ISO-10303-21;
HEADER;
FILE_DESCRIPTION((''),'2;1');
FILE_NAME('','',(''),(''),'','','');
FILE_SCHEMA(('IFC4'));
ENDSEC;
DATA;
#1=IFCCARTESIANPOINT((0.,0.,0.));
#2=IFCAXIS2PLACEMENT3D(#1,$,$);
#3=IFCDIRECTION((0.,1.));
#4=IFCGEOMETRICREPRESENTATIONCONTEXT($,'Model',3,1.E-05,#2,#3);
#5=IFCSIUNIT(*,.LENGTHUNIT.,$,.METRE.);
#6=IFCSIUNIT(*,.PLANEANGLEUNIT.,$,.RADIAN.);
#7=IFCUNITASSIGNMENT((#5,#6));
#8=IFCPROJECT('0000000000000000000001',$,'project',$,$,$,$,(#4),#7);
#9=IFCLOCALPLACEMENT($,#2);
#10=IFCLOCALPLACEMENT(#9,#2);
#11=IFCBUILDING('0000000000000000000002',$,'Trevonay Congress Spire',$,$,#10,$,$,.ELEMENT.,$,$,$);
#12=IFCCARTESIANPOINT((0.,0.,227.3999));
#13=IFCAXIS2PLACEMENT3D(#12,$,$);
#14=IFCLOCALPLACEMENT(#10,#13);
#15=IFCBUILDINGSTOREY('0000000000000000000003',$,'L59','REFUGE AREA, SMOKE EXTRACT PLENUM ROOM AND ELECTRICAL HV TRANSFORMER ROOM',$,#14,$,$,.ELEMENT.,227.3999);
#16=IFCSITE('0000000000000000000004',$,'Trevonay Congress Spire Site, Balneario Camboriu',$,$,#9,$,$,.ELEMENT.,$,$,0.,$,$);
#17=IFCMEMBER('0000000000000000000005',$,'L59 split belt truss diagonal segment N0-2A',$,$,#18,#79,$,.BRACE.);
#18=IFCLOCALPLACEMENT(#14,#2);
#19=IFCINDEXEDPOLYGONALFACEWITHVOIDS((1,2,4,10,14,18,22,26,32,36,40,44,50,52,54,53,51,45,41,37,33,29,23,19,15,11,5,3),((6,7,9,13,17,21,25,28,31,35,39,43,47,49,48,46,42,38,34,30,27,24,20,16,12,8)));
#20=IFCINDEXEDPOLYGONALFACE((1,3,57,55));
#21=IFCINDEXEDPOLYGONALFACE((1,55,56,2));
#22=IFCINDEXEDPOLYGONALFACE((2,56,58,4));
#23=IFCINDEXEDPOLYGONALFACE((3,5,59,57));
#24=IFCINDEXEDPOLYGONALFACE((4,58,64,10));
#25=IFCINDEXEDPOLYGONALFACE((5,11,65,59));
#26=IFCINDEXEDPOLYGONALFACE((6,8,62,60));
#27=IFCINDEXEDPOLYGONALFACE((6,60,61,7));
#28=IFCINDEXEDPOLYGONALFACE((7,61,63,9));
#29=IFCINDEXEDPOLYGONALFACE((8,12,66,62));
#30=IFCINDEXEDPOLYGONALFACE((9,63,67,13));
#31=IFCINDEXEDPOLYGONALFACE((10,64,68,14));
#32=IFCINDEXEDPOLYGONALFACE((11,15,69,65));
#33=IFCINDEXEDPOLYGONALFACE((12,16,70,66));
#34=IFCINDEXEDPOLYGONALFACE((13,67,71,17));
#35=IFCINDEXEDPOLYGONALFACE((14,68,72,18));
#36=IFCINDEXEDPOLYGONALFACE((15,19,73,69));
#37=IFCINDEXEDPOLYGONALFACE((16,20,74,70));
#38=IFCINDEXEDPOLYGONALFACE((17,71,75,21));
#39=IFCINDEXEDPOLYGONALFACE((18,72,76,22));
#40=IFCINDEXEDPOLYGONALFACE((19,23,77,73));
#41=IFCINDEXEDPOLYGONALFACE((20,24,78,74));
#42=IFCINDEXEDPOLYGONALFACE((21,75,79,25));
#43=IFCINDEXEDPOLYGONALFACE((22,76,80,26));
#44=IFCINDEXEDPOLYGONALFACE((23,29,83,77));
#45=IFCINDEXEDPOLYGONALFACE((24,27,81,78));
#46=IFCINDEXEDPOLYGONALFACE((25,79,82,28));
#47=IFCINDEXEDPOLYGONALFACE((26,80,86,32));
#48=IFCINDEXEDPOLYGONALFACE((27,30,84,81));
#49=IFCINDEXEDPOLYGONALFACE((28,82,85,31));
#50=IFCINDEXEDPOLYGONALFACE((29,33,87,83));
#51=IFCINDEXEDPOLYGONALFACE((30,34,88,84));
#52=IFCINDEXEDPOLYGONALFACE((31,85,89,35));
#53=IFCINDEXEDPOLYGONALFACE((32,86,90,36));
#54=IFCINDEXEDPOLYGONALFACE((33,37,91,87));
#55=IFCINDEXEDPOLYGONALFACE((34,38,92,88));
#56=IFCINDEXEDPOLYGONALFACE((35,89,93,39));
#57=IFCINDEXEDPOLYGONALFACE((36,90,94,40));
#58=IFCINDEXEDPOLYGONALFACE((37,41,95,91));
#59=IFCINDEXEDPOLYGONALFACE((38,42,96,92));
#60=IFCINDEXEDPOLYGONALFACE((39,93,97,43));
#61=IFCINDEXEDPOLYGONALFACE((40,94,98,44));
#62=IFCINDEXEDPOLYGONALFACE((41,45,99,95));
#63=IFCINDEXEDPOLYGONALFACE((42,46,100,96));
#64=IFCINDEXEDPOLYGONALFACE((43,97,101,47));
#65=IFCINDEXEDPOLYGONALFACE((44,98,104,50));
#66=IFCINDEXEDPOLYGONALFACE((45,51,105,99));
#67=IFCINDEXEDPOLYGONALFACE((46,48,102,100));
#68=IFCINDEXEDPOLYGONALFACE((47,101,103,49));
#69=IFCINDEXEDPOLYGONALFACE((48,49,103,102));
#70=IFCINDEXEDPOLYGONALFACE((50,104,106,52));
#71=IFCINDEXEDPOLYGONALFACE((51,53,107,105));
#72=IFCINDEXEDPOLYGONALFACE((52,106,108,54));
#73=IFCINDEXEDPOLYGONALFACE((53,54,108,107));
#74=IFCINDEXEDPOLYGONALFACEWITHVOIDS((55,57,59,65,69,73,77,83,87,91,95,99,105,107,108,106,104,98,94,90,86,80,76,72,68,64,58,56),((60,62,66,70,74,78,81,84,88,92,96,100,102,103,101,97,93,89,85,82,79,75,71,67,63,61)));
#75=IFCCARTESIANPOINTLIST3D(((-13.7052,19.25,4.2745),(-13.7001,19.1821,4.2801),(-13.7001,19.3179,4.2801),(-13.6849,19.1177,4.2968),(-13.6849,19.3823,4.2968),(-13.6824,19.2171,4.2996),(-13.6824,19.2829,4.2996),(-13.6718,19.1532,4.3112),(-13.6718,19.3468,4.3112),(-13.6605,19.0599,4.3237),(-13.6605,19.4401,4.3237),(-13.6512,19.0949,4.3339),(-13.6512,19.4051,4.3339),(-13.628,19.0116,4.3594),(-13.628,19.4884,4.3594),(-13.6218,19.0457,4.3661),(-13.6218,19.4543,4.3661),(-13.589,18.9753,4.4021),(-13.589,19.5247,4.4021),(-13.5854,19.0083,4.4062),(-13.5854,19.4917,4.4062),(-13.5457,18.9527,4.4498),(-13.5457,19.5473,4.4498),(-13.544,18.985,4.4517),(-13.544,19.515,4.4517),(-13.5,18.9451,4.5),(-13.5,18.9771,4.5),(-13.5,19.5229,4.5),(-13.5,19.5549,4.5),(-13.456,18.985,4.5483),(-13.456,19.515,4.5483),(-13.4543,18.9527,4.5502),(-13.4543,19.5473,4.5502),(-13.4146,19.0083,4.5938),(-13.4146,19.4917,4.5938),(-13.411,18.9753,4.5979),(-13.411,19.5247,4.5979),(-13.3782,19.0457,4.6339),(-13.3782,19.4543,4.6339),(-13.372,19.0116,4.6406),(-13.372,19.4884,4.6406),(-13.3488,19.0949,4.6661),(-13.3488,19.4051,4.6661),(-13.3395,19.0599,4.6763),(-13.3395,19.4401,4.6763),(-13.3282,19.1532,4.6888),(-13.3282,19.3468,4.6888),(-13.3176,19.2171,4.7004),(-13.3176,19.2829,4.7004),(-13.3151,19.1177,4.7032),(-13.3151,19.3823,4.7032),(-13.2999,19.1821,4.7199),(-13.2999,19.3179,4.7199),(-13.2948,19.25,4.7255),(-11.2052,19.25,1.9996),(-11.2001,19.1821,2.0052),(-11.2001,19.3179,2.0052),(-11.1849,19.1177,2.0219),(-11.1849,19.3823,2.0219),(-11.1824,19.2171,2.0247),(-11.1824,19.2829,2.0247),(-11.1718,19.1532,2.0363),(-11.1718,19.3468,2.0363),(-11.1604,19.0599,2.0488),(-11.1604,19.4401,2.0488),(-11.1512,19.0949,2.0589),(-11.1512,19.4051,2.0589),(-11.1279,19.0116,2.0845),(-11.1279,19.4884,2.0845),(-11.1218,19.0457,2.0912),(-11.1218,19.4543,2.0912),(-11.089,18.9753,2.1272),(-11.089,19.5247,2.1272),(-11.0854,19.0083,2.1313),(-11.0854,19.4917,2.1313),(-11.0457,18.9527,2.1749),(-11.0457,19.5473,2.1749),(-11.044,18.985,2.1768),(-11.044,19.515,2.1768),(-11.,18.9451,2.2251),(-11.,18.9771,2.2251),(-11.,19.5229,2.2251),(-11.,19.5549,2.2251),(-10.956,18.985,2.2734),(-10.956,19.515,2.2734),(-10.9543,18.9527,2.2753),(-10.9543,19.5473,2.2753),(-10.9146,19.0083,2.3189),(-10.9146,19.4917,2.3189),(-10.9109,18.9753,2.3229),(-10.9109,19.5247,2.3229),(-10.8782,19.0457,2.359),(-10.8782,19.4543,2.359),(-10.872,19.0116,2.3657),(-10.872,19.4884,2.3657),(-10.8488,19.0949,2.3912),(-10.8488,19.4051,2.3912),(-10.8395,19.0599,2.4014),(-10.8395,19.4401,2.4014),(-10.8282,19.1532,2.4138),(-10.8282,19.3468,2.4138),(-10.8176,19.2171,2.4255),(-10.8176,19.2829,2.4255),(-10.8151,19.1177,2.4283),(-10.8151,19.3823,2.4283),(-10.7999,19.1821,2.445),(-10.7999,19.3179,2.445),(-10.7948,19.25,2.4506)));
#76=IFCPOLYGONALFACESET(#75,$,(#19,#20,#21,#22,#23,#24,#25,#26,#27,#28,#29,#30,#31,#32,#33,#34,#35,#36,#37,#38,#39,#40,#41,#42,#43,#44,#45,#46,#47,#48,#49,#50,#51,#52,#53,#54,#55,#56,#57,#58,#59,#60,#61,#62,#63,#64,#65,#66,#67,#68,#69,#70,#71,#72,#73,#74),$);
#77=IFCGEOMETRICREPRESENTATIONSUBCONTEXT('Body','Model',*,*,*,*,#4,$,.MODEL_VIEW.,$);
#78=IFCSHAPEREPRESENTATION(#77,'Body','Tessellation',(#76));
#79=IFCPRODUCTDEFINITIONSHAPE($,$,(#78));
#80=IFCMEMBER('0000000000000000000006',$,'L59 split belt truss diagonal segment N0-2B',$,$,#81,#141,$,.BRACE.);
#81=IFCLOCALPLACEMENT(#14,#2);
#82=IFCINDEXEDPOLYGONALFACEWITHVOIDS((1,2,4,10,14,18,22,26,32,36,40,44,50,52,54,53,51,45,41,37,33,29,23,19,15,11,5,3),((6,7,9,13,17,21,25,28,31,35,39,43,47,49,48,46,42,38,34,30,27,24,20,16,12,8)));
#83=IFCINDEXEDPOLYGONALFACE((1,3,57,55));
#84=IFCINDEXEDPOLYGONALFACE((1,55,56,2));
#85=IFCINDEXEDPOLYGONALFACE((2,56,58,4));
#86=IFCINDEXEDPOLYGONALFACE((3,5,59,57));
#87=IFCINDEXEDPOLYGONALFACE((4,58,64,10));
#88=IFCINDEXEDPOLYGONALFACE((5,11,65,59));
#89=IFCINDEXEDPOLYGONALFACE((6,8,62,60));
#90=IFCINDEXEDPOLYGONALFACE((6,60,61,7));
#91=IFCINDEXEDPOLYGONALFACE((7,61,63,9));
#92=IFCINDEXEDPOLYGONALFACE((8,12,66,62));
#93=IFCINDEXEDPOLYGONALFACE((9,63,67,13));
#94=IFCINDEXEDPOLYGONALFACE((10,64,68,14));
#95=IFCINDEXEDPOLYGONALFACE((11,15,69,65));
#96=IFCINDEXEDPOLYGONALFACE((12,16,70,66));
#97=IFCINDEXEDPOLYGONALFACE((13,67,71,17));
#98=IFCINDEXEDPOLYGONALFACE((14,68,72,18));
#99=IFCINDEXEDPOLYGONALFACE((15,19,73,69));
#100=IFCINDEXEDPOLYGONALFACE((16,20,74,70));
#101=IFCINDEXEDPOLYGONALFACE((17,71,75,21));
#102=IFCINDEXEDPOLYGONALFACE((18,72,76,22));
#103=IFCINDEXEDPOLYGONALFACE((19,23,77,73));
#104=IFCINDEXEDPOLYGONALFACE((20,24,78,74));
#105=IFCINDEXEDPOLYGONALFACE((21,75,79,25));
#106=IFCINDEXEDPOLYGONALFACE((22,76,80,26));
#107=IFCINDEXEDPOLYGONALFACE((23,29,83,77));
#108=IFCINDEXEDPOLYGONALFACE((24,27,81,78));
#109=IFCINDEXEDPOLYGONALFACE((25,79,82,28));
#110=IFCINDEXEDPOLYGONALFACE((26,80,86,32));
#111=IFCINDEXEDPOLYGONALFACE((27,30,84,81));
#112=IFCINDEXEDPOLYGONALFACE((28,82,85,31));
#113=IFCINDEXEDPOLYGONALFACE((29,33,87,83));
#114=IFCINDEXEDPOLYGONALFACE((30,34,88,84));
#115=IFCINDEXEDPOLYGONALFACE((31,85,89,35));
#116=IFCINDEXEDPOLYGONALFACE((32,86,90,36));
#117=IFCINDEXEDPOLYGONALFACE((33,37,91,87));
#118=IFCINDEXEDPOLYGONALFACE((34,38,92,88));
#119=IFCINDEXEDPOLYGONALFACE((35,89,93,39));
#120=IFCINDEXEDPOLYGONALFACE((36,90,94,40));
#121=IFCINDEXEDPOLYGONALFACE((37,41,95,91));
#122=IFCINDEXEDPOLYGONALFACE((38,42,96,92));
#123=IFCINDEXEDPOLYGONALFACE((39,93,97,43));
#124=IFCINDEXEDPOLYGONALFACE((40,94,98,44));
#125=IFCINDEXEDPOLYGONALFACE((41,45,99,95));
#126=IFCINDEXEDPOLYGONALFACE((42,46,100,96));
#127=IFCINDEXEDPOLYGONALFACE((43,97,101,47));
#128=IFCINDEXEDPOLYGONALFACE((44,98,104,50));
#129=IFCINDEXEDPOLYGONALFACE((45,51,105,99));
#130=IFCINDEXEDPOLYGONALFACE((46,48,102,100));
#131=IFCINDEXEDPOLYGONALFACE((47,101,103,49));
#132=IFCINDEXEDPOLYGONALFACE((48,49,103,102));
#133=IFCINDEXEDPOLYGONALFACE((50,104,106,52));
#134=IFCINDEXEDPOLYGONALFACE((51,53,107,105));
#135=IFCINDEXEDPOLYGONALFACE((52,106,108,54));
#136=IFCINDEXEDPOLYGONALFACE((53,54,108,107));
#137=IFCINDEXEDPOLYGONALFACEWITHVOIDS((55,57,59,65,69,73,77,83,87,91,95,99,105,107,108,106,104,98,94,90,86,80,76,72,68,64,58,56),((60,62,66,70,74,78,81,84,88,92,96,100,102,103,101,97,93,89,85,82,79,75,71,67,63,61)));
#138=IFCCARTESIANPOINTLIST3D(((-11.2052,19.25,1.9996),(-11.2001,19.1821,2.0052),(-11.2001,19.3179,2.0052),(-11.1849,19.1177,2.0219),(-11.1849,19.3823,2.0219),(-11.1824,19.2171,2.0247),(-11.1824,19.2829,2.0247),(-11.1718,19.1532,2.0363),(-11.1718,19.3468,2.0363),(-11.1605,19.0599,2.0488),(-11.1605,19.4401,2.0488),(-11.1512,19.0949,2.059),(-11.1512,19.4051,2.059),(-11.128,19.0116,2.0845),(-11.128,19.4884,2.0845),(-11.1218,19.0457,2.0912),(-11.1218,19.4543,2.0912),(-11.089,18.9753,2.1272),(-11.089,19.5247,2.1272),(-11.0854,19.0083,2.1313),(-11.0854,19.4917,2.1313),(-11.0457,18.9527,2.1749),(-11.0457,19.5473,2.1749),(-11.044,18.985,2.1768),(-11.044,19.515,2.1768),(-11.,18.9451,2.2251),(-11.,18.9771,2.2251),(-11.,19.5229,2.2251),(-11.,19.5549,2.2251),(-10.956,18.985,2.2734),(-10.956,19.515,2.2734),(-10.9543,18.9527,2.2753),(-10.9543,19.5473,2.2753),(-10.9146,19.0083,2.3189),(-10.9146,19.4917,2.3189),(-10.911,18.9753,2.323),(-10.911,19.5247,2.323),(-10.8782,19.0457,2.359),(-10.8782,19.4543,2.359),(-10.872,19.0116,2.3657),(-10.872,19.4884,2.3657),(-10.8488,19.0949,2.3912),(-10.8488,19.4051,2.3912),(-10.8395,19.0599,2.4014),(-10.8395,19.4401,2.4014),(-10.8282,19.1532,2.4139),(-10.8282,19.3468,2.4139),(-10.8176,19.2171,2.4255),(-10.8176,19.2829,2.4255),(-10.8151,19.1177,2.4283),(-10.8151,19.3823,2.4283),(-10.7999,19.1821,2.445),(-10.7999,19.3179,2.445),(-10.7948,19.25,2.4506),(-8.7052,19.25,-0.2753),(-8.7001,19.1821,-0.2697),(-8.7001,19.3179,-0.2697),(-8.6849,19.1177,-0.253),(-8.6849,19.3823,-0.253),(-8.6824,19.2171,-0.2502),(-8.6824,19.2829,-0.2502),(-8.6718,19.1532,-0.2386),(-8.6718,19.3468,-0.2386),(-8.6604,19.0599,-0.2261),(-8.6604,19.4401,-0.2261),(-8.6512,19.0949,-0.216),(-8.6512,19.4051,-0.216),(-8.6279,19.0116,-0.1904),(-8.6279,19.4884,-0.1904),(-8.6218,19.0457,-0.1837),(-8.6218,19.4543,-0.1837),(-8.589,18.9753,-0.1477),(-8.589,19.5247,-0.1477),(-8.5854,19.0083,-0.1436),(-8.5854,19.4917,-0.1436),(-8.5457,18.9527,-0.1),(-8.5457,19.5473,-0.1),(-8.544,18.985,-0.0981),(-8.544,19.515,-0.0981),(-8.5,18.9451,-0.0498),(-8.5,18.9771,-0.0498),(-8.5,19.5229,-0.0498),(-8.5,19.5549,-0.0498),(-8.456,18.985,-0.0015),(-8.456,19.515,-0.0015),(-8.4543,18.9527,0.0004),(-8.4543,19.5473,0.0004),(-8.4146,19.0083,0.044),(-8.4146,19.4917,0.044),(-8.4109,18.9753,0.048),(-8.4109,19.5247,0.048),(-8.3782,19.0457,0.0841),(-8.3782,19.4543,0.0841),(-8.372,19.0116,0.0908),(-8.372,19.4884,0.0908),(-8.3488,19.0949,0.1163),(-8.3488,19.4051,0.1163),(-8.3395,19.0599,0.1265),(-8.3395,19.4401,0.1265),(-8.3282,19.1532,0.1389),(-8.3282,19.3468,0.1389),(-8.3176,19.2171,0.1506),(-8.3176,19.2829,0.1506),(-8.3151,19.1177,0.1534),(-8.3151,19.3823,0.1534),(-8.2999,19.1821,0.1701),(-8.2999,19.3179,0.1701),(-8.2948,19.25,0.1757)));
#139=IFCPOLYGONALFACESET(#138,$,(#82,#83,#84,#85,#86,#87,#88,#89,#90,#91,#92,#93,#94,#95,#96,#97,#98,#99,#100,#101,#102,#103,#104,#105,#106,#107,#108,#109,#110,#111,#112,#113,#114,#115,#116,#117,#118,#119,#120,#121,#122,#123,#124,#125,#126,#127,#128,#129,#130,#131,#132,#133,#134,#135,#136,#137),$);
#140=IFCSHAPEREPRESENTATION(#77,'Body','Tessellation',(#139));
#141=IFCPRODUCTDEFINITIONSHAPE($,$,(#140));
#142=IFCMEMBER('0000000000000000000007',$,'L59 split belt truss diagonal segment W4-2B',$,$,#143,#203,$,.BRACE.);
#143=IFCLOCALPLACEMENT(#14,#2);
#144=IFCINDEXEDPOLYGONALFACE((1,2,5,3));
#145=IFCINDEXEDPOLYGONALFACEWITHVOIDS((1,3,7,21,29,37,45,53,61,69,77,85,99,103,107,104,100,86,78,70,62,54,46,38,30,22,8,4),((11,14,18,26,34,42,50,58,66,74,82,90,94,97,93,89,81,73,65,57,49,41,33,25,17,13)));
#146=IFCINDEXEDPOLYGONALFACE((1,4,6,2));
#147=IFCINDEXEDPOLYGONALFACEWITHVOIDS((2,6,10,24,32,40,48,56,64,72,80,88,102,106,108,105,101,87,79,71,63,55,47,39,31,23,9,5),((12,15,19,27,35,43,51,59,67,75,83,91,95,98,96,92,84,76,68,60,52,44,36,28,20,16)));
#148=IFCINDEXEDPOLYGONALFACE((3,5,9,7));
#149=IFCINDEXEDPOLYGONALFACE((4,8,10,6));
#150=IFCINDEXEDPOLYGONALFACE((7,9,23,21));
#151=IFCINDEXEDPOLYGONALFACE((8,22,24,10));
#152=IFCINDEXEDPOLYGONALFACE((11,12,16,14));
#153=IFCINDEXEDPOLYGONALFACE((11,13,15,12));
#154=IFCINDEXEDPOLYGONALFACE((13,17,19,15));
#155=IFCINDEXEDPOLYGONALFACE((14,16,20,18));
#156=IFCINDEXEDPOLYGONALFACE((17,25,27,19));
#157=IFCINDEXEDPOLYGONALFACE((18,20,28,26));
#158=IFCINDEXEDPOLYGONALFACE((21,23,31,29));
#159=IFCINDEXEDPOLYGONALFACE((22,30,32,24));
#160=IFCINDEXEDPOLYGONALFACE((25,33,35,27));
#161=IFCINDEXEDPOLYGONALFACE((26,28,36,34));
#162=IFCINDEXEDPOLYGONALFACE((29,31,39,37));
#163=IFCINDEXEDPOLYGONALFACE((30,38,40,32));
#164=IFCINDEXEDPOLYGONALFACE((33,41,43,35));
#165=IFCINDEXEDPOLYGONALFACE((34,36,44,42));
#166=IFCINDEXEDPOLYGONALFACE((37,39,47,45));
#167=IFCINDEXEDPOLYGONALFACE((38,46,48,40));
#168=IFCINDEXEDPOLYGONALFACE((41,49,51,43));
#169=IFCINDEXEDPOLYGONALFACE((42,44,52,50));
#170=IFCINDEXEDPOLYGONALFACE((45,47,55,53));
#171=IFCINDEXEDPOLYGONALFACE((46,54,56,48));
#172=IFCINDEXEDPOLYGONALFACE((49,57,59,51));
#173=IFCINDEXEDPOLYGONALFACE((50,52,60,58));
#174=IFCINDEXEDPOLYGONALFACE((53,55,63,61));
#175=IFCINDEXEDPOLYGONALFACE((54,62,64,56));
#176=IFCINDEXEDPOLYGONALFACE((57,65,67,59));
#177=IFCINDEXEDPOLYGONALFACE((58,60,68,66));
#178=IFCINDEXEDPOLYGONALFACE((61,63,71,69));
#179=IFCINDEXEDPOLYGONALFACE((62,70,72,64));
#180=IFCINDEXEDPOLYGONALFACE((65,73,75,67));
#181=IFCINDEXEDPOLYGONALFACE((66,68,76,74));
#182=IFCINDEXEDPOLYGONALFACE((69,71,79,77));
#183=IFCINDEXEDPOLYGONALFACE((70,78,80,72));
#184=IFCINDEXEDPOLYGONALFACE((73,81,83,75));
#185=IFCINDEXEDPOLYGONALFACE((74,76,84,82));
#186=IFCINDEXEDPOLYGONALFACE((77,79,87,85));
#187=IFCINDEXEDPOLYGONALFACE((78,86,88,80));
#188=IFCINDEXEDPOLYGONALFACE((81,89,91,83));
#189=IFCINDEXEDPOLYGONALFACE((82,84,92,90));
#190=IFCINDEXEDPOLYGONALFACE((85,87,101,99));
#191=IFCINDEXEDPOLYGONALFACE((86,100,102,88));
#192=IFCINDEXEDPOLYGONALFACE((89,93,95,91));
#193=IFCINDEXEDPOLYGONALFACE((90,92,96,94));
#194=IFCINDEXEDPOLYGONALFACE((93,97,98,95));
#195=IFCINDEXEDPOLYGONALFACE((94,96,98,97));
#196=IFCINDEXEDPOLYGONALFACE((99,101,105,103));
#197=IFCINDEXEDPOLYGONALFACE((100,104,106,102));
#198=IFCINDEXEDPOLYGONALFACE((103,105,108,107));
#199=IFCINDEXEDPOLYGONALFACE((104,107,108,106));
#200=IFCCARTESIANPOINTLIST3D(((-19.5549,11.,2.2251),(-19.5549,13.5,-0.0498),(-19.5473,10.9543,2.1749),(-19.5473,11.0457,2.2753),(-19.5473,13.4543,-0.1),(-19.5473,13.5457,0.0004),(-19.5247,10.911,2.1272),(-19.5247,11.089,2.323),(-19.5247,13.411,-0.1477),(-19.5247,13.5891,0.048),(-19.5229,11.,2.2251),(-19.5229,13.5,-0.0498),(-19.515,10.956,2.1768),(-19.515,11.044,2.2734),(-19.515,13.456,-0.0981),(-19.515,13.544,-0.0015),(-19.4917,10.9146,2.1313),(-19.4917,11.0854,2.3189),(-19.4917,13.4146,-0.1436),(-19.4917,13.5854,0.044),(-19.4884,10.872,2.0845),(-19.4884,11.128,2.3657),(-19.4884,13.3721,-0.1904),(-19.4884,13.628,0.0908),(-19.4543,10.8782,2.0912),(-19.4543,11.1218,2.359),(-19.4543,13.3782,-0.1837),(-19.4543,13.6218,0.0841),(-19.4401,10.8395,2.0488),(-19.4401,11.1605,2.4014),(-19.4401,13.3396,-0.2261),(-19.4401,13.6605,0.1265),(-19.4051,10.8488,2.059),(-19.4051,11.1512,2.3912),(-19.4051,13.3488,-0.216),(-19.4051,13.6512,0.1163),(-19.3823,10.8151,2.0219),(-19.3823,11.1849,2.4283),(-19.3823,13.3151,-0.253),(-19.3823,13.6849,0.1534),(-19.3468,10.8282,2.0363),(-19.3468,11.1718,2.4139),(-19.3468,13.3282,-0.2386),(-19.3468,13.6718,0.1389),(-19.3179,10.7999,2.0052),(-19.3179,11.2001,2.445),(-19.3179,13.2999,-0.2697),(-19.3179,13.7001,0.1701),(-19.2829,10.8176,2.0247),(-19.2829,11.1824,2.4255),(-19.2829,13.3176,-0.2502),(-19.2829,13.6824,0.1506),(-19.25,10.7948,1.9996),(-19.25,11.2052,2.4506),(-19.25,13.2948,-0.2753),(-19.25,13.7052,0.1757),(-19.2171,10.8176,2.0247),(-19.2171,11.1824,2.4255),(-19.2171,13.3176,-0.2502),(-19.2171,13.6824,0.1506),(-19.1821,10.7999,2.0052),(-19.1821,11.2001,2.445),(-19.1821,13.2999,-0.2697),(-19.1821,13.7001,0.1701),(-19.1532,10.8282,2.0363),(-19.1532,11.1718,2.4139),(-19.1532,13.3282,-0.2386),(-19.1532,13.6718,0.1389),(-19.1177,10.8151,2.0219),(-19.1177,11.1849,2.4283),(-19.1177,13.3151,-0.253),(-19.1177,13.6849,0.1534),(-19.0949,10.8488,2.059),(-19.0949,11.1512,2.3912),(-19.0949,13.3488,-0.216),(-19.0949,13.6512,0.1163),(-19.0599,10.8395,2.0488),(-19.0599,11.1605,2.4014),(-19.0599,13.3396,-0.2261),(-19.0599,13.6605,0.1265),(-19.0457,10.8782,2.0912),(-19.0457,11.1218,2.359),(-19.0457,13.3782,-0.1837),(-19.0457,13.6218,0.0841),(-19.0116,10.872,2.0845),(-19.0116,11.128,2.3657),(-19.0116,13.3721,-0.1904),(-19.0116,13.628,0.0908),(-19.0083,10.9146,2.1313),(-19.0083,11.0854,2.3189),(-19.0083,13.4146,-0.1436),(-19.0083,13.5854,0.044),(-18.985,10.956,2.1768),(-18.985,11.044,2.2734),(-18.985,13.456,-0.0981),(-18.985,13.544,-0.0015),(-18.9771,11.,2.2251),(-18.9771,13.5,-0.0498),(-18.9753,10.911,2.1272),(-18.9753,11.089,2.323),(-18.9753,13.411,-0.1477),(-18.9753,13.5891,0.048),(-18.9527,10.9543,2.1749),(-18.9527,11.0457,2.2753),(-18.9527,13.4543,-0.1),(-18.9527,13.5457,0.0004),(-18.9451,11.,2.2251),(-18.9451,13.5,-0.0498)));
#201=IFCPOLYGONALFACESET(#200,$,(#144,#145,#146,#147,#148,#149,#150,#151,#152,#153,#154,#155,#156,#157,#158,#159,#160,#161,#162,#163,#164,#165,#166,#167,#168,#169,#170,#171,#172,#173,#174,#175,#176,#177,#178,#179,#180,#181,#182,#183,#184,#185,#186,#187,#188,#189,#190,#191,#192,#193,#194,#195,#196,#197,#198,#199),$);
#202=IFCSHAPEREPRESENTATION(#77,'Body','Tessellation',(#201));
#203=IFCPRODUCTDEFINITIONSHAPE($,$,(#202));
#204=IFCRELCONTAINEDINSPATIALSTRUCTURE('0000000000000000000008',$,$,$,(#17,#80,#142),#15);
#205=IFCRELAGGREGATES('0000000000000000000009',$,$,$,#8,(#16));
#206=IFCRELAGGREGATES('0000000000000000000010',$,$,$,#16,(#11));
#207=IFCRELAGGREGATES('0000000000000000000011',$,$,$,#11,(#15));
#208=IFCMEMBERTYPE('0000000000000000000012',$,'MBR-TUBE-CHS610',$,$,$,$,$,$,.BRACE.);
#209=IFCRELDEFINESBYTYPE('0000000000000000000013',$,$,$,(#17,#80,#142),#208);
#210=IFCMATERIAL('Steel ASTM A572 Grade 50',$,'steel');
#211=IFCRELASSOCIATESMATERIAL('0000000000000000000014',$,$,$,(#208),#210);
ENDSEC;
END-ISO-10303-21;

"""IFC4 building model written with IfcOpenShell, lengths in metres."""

from ifc_helpers import new_model, si_unit, direction, frame, origin, origin_2d, place, context, subcontext, project, spatial, hollow_circle, extrude, material, material_profile, profile_set, type_object, element, save


model = new_model("IFC4")

# Units and contexts
model_context = context("Model", 3, precision=1e-05, world=origin(), true_north=direction((0.0, 1.0)))
body_context = subcontext(model_context, "Body", "Model", "MODEL_VIEW")
ifc_project = project(units=[si_unit("LENGTHUNIT", "METRE"), si_unit("PLANEANGLEUNIT", "RADIAN")], contexts=[model_context])

# Site, building, storey
site_placement = place(None, origin())
site = spatial("IfcSite", under=ifc_project, at=site_placement, Name="Trevonay Congress Spire Site, Balneario Camboriu", CompositionType="ELEMENT", RefElevation=0.0)
building_placement = place(site_placement, origin())
building = spatial("IfcBuilding", under=site, at=building_placement, Name="Trevonay Congress Spire", CompositionType="ELEMENT")
storey_placement = place(building_placement, frame((0.0, 0.0, 227.3999)))
storey = spatial("IfcBuildingStorey", under=building, at=storey_placement, Name="L59", Description="REFUGE AREA, SMOKE EXTRACT PLENUM ROOM AND ELECTRICAL HV TRANSFORMER ROOM", CompositionType="ELEMENT", Elevation=227.3999)

# Shared definitions
ifc_material_1 = material(Name="Steel ASTM A572 Grade 50", Category="steel")

# Members
ifc_material_profile_1 = material_profile(ifc_material_1, hollow_circle(Radius=0.3049, WallThickness=0.032, at=origin_2d()), Name="CHS 610x32")
ifc_profile_set_1 = profile_set([ifc_material_profile_1], Name="Steel ASTM A572 Grade 50")
member_type = type_object("IfcMemberType", Name="MBR-TUBE-CHS610", PredefinedType="BRACE", material=ifc_profile_set_1)
for number, where, z_axis, x_axis, name in (
    (1, (-13.5, 19.25, 4.5), (0.73962, 0.0, -0.673025), (0.0, 1.0, 0.0), "L59 split belt truss diagonal segment N0-2A"),
    (2, (-11.0, 19.25, 2.2251), (0.73962, 0.0, -0.673025), (0.0, 1.0, 0.0), "L59 split belt truss diagonal segment N0-2B"),
    (3, (-19.25, 11.0, 2.2251), (0.0, 0.73962, -0.673025), (-1.0, 0.0, 0.0), "L59 split belt truss diagonal segment W4-2B"),
):
    element("IfcMember", number, at=place(storey_placement, frame(where, z_axis=z_axis, x_axis=x_axis)), inside=storey, type_object=member_type, Name=name, PredefinedType="BRACE", context=body_context, shape_type="SweptSolid", body=[
        extrude(hollow_circle(Radius=0.3049, WallThickness=0.032, at=origin_2d()), origin(), (0.0, 0.0, 1.0), 3.3801),
    ])

save(model, "model.ifc")
